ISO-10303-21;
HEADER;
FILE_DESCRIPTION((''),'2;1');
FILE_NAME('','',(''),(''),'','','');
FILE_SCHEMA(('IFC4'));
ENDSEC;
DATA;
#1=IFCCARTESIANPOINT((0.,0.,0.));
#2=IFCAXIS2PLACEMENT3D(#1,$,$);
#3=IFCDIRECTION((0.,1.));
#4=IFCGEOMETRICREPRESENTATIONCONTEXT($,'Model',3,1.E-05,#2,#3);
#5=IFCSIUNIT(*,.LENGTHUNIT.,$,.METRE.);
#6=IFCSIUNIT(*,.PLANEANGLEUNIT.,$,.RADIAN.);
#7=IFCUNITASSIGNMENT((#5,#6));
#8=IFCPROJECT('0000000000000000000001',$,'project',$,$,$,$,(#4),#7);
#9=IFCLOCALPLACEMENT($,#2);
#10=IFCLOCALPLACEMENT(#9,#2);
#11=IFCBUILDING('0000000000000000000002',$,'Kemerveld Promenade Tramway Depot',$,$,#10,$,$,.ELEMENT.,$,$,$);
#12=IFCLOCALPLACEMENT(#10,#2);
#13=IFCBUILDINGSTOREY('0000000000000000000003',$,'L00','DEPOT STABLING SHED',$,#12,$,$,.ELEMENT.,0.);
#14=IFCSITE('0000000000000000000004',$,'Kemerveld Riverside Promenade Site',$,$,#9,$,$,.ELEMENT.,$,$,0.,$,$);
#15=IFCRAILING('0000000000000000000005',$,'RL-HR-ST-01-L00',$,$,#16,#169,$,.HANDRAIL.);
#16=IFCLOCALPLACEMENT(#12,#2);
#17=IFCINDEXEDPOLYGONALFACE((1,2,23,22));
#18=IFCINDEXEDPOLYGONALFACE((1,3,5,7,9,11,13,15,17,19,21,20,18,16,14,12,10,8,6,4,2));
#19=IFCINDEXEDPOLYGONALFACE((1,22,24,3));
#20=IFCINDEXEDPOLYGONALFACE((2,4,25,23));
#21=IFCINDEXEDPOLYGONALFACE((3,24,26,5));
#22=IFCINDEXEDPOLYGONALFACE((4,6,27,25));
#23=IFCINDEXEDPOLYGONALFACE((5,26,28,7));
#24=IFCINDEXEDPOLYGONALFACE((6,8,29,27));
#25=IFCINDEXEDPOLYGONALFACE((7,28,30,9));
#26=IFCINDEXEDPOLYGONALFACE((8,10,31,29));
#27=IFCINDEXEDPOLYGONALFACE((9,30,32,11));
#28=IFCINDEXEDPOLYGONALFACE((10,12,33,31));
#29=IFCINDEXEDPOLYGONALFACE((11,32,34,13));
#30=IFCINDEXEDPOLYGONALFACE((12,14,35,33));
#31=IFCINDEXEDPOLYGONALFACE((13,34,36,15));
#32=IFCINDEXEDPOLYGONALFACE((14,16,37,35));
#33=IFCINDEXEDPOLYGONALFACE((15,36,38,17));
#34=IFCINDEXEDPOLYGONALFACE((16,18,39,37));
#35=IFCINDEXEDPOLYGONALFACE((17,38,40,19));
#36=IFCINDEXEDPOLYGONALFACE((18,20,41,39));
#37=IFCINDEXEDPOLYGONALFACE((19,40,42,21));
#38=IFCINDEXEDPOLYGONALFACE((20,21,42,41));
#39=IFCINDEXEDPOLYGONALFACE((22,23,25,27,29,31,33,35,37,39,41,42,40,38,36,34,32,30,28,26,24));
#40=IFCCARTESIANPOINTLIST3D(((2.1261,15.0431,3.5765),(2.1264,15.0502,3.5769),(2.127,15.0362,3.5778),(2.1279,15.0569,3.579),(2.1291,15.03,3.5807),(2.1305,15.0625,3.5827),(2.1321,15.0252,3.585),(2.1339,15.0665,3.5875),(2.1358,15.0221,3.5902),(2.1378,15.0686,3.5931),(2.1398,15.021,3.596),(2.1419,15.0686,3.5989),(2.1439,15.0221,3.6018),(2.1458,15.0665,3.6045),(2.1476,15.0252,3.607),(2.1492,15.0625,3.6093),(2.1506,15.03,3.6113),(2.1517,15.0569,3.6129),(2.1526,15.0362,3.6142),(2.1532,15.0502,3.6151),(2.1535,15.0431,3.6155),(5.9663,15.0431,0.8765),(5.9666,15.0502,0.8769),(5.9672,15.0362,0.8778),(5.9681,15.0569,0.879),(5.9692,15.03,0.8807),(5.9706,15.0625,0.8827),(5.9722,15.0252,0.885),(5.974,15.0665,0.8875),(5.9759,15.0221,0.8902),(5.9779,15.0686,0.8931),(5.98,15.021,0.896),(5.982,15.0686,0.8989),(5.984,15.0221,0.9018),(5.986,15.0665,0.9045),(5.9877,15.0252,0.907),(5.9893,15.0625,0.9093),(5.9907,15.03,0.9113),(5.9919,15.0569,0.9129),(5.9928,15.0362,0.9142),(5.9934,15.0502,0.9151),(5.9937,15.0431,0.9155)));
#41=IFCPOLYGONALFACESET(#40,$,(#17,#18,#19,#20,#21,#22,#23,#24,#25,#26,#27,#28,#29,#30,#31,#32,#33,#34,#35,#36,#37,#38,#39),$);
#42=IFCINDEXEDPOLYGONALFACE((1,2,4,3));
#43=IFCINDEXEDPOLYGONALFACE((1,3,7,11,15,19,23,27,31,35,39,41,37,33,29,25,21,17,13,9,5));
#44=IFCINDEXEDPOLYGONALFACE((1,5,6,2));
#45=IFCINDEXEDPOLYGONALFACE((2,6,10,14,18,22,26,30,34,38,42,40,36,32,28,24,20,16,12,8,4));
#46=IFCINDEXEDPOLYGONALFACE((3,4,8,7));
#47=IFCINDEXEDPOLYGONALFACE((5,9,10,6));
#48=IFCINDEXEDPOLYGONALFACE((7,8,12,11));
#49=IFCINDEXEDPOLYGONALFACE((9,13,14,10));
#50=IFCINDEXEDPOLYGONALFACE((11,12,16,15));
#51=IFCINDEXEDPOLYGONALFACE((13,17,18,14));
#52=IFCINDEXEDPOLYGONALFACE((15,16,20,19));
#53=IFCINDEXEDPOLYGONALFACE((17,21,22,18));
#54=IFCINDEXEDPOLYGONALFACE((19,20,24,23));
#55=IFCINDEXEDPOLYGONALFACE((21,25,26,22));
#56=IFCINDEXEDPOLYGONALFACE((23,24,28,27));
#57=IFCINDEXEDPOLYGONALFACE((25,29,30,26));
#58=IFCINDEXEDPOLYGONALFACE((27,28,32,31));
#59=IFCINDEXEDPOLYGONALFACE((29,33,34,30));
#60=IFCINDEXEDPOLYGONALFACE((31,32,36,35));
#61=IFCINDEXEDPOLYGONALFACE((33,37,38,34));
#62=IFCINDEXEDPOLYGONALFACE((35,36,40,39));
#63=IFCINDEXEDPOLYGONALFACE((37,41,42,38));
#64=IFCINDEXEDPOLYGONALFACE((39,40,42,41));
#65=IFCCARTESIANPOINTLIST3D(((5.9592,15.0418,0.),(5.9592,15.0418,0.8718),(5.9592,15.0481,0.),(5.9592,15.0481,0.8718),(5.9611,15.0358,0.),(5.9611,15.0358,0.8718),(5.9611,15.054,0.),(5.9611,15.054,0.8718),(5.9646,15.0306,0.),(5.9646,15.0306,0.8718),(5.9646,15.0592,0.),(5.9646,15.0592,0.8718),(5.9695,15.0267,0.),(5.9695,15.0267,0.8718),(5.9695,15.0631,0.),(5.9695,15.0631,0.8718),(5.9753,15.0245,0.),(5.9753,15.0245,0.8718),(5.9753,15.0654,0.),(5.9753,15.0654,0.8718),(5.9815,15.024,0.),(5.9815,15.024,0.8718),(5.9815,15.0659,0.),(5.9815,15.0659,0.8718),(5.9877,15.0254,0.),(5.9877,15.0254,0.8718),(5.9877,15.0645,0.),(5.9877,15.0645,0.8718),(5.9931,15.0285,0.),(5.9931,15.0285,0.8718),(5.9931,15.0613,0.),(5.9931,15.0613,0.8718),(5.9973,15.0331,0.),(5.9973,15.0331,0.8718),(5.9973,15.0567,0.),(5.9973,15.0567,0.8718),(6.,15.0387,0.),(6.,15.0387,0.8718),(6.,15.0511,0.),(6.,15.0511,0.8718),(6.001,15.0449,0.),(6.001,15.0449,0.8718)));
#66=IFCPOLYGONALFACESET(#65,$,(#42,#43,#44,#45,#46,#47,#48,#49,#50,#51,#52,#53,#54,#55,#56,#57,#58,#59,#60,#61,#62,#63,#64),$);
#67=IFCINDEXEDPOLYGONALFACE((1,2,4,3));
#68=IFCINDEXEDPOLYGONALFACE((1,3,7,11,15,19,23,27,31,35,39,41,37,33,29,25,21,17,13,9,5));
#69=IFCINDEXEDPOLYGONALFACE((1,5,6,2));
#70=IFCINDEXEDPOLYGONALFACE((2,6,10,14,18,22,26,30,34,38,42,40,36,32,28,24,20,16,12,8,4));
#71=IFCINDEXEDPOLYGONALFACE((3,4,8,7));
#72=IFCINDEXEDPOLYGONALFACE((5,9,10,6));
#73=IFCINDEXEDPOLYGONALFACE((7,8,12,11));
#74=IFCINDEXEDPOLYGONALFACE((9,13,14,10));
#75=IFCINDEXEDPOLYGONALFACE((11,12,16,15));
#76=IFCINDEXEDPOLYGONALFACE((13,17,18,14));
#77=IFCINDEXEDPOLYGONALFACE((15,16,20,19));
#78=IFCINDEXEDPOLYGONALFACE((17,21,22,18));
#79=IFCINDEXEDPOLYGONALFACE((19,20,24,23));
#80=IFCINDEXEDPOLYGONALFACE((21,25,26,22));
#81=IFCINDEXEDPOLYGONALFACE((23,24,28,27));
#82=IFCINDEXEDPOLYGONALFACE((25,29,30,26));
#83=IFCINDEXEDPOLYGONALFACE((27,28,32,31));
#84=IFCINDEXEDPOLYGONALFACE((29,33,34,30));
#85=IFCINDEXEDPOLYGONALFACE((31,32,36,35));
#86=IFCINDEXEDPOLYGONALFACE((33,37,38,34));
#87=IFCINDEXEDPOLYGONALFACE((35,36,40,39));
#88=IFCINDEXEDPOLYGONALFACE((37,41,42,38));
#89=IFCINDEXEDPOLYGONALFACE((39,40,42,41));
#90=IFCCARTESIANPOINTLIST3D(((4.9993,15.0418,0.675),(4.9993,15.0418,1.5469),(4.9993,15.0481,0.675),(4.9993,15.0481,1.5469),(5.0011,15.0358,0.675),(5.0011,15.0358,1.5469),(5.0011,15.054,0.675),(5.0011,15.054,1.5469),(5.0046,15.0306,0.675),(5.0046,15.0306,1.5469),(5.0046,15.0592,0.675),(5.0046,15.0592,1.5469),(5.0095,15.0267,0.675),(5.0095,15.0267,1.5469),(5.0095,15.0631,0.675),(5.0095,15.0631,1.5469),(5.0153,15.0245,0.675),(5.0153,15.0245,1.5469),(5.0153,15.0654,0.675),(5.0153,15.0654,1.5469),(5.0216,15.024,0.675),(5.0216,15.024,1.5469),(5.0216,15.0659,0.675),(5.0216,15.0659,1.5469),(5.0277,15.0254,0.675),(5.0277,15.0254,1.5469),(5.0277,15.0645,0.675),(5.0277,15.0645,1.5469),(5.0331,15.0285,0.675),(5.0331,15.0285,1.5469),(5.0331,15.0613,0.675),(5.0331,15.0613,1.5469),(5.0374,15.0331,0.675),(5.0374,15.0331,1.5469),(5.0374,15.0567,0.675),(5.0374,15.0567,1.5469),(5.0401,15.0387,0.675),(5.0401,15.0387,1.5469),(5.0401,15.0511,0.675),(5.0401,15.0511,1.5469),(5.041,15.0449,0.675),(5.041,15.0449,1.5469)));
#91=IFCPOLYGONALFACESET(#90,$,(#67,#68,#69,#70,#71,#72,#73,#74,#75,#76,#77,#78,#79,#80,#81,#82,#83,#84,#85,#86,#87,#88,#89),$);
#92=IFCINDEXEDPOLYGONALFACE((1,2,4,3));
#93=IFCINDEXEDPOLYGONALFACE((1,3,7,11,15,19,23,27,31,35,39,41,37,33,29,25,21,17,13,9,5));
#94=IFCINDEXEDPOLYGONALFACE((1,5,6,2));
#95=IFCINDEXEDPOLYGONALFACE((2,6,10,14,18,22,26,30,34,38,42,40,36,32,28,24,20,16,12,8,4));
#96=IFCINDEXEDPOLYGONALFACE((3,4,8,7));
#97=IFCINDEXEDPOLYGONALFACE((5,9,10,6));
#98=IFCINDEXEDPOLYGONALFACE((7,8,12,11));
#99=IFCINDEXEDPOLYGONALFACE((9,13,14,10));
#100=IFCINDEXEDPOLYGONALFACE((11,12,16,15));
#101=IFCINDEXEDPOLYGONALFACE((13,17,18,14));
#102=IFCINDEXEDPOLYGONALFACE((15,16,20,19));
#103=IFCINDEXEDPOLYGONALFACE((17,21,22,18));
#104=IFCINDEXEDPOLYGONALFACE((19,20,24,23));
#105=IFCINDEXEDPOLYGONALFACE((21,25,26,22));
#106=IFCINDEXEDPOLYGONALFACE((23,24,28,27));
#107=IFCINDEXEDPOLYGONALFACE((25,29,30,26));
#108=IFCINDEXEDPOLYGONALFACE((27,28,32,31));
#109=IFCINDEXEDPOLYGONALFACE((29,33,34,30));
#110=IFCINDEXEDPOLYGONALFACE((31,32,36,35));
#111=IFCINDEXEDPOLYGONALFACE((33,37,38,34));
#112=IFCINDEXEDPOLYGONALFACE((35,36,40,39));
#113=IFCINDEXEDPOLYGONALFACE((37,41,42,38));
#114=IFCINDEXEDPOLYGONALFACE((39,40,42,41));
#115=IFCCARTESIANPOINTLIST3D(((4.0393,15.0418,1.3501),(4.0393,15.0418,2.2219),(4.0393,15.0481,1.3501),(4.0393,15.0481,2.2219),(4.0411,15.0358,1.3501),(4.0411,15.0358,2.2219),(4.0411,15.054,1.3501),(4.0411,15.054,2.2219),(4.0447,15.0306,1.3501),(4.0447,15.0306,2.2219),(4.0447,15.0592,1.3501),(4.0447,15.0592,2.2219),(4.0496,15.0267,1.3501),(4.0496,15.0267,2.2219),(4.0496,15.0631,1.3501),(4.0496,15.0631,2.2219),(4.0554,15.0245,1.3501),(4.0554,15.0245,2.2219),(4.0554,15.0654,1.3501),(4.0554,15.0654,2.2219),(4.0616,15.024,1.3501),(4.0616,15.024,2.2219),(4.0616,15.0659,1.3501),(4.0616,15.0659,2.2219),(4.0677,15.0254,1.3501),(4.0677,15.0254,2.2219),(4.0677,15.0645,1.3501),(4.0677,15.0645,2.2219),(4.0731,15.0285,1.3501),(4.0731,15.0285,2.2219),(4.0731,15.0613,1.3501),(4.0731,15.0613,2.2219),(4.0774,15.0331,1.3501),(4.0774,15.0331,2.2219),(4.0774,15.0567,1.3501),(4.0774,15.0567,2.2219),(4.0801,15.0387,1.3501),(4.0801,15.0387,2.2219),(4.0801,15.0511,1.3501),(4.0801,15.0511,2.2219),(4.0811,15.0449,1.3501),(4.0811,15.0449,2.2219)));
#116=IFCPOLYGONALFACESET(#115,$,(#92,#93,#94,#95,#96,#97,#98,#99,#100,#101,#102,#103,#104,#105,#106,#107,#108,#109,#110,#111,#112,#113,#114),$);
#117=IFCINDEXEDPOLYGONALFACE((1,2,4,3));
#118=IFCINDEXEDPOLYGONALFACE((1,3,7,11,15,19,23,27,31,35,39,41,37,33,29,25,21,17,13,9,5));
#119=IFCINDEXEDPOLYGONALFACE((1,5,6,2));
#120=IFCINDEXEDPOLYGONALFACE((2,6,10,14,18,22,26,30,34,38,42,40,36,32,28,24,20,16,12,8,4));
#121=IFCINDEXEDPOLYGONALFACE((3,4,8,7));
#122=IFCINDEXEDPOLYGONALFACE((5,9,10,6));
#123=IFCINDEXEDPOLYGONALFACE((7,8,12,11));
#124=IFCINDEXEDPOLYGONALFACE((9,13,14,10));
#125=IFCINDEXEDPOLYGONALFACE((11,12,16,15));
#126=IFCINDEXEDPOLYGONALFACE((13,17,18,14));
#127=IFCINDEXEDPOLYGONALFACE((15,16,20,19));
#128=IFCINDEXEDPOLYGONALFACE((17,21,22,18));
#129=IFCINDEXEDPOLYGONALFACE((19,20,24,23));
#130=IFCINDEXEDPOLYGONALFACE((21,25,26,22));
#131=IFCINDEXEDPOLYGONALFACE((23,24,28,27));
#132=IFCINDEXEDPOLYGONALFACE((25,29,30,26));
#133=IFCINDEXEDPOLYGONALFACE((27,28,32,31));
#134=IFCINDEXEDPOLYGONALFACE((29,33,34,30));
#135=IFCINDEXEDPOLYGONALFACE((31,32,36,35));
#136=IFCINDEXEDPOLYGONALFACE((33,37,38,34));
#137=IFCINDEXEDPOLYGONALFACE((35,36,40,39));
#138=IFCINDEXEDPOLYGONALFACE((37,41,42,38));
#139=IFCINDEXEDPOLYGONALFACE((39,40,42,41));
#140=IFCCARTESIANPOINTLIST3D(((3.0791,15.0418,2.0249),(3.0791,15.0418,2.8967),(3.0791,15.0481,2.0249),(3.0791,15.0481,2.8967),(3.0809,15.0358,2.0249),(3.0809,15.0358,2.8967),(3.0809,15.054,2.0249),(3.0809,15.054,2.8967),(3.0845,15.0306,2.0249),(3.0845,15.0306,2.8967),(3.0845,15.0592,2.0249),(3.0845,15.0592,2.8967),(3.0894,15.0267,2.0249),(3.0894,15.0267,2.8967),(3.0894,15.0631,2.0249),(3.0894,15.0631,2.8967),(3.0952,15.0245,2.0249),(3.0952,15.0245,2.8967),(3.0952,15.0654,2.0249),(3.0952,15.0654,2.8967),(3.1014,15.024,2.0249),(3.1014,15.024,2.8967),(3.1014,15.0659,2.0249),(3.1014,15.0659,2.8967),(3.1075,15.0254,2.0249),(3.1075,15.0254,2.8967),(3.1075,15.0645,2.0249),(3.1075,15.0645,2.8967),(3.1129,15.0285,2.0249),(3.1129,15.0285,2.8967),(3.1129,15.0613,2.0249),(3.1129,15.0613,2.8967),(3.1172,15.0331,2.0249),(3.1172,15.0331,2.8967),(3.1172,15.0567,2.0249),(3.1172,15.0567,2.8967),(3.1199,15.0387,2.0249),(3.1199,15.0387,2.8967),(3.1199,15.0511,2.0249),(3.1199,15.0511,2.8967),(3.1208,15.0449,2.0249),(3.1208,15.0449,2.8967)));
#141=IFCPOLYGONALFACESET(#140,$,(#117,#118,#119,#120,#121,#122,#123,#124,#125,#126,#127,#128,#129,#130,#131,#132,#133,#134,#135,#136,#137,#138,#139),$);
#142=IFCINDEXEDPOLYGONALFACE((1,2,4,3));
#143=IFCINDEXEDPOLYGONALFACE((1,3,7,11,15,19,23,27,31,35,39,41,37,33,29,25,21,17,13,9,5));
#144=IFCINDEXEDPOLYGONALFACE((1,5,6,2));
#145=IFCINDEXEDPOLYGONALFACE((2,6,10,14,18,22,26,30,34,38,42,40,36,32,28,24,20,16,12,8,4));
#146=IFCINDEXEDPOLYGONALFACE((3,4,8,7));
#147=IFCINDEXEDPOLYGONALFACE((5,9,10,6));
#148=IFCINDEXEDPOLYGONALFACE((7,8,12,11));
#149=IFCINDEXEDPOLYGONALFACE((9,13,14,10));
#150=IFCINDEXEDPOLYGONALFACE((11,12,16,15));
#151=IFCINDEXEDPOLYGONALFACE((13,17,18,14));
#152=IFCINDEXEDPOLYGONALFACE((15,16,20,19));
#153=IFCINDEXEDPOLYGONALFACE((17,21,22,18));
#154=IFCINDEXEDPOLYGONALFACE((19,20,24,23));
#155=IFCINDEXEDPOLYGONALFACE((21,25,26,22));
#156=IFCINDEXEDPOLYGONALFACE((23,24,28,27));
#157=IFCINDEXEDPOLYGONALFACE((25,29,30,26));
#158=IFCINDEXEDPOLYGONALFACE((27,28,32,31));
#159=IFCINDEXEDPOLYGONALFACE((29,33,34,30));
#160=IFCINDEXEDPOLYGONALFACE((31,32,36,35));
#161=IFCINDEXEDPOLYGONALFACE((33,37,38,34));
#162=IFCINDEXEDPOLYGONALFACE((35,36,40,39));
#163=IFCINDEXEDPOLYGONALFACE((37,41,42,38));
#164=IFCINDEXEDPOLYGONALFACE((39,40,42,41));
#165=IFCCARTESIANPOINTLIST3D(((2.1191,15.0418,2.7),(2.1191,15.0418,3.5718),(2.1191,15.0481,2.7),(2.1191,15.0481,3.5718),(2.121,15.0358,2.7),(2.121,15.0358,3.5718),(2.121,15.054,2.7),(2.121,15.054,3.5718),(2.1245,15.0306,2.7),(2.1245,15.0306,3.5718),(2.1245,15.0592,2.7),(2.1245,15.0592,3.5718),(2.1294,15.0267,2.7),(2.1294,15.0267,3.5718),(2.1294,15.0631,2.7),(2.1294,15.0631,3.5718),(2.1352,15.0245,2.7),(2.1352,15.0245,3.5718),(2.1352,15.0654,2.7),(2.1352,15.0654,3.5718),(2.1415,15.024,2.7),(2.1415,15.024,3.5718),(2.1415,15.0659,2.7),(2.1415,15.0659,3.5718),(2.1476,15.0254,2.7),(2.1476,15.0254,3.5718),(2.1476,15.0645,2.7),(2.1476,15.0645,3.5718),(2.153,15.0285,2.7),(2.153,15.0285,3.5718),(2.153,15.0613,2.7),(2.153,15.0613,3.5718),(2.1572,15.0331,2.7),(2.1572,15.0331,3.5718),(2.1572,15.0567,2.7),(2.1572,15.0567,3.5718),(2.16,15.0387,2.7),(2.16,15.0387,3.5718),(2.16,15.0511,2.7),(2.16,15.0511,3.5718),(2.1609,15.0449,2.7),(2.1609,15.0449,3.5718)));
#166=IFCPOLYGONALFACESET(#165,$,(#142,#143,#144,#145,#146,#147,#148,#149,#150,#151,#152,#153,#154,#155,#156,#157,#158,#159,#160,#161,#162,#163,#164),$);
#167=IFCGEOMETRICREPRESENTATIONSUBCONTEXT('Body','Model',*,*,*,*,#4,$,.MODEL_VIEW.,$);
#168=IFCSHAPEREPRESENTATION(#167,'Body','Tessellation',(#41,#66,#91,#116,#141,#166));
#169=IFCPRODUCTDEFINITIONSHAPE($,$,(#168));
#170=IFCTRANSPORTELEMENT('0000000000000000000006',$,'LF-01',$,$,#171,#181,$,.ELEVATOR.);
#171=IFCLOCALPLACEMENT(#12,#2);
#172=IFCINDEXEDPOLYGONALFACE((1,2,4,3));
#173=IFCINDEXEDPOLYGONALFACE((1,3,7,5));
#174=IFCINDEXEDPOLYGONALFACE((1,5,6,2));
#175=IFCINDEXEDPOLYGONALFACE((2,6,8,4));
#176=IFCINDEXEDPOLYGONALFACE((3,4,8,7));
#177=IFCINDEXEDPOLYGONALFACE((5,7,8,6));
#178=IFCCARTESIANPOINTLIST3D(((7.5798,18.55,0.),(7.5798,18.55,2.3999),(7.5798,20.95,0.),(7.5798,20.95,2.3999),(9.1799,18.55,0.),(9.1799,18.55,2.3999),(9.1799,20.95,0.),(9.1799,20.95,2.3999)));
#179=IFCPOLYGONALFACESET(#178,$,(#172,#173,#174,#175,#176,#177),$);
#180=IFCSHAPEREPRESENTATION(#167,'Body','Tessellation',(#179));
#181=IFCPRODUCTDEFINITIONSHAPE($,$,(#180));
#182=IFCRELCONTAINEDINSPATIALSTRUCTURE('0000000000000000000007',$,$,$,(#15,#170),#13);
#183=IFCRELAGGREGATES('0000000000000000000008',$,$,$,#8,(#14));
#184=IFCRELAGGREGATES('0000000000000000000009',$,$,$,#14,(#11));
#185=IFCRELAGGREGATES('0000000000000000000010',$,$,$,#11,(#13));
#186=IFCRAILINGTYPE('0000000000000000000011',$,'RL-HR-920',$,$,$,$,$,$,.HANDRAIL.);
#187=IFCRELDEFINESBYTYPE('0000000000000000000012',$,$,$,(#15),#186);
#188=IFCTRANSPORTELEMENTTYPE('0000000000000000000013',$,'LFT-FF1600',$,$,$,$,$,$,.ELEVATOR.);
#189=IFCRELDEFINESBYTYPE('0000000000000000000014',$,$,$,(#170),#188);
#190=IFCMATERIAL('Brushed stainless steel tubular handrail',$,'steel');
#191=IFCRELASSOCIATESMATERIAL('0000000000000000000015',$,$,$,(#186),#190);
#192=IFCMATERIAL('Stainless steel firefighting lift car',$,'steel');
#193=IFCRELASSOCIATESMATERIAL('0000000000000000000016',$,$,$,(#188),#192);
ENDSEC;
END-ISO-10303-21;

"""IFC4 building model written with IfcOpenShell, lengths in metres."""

from ifc_helpers import new_model, si_unit, direction, frame, origin, origin_2d, place, context, subcontext, project, spatial, rectangle, circle, extrude, material, type_object, element, save


model = new_model("IFC4")

# Units and contexts
model_context = context("Model", 3, precision=1e-05, world=origin(), true_north=direction((0.0, 1.0)))
body_context = subcontext(model_context, "Body", "Model", "MODEL_VIEW")
ifc_project = project(units=[si_unit("LENGTHUNIT", "METRE"), si_unit("PLANEANGLEUNIT", "RADIAN")], contexts=[model_context])

# Site, building, storey
site_placement = place(None, origin())
site = spatial("IfcSite", under=ifc_project, at=site_placement, Name="Kemerveld Riverside Promenade Site", CompositionType="ELEMENT", RefElevation=0.0)
building_placement = place(site_placement, origin())
building = spatial("IfcBuilding", under=site, at=building_placement, Name="Kemerveld Promenade Tramway Depot", CompositionType="ELEMENT")
storey_placement = place(building_placement, origin())
storey = spatial("IfcBuildingStorey", under=building, at=storey_placement, Name="L00", Description="DEPOT STABLING SHED", CompositionType="ELEMENT", Elevation=0.0)

# Railing
ifc_material_1 = material(Name="Brushed stainless steel tubular handrail", Category="steel")
railing_type_1 = type_object("IfcRailingType", Name="RL-HR-920", PredefinedType="HANDRAIL", material=ifc_material_1)
railing_1_placement = place(storey_placement, frame((5.98, 15.0449, 0.0)))
element("IfcRailing", 1, at=railing_1_placement, inside=storey, type_object=railing_type_1, Name="RL-HR-ST-01-L00", PredefinedType="HANDRAIL", context=body_context, shape_type="SweptSolid", body=[
    extrude(circle(Radius=0.0239, at=origin_2d()), frame((0.0, 0.0, 0.896), z_axis=(-0.81804, 0.0, 0.575161), x_axis=(0.0, -1.0, 0.0)), (0.0, 0.0, 1.0), 4.6943),
    extrude(circle(Radius=0.021, at=origin_2d()), origin(), (0.0, 0.0, 1.0), 0.8718),
    extrude(circle(Radius=0.021, at=origin_2d()), frame((-0.96, 0.0, 0.675)), (0.0, 0.0, 1.0), 0.8718),
    extrude(circle(Radius=0.021, at=origin_2d()), frame((-1.9199, 0.0, 1.3501)), (0.0, 0.0, 1.0), 0.8718),
    extrude(circle(Radius=0.021, at=origin_2d()), frame((-2.8801, 0.0, 2.0249)), (0.0, 0.0, 1.0), 0.8718),
    extrude(circle(Radius=0.021, at=origin_2d()), frame((-3.8401, 0.0, 2.7)), (0.0, 0.0, 1.0), 0.8718),
])

# Transport element
ifc_material_2 = material(Name="Stainless steel firefighting lift car", Category="steel")
transport_element_type = type_object("IfcTransportElementType", Name="LFT-FF1600", PredefinedType="ELEVATOR", material=ifc_material_2)
transport_element_placement = place(storey_placement, frame((8.3799, 19.75, 0.0), z_axis=(0.0, 0.0, 1.0), x_axis=(1.0, 0.0, 0.0)))
element("IfcTransportElement", 2, at=transport_element_placement, inside=storey, type_object=transport_element_type, Name="LF-01", PredefinedType="ELEVATOR", context=body_context, shape_type="SweptSolid", body=[
    extrude(rectangle(XDim=1.6001, YDim=2.3999, at=origin_2d()), origin(), (0.0, 0.0, 1.0), 2.3999),
])

save(model, "model.ifc")
